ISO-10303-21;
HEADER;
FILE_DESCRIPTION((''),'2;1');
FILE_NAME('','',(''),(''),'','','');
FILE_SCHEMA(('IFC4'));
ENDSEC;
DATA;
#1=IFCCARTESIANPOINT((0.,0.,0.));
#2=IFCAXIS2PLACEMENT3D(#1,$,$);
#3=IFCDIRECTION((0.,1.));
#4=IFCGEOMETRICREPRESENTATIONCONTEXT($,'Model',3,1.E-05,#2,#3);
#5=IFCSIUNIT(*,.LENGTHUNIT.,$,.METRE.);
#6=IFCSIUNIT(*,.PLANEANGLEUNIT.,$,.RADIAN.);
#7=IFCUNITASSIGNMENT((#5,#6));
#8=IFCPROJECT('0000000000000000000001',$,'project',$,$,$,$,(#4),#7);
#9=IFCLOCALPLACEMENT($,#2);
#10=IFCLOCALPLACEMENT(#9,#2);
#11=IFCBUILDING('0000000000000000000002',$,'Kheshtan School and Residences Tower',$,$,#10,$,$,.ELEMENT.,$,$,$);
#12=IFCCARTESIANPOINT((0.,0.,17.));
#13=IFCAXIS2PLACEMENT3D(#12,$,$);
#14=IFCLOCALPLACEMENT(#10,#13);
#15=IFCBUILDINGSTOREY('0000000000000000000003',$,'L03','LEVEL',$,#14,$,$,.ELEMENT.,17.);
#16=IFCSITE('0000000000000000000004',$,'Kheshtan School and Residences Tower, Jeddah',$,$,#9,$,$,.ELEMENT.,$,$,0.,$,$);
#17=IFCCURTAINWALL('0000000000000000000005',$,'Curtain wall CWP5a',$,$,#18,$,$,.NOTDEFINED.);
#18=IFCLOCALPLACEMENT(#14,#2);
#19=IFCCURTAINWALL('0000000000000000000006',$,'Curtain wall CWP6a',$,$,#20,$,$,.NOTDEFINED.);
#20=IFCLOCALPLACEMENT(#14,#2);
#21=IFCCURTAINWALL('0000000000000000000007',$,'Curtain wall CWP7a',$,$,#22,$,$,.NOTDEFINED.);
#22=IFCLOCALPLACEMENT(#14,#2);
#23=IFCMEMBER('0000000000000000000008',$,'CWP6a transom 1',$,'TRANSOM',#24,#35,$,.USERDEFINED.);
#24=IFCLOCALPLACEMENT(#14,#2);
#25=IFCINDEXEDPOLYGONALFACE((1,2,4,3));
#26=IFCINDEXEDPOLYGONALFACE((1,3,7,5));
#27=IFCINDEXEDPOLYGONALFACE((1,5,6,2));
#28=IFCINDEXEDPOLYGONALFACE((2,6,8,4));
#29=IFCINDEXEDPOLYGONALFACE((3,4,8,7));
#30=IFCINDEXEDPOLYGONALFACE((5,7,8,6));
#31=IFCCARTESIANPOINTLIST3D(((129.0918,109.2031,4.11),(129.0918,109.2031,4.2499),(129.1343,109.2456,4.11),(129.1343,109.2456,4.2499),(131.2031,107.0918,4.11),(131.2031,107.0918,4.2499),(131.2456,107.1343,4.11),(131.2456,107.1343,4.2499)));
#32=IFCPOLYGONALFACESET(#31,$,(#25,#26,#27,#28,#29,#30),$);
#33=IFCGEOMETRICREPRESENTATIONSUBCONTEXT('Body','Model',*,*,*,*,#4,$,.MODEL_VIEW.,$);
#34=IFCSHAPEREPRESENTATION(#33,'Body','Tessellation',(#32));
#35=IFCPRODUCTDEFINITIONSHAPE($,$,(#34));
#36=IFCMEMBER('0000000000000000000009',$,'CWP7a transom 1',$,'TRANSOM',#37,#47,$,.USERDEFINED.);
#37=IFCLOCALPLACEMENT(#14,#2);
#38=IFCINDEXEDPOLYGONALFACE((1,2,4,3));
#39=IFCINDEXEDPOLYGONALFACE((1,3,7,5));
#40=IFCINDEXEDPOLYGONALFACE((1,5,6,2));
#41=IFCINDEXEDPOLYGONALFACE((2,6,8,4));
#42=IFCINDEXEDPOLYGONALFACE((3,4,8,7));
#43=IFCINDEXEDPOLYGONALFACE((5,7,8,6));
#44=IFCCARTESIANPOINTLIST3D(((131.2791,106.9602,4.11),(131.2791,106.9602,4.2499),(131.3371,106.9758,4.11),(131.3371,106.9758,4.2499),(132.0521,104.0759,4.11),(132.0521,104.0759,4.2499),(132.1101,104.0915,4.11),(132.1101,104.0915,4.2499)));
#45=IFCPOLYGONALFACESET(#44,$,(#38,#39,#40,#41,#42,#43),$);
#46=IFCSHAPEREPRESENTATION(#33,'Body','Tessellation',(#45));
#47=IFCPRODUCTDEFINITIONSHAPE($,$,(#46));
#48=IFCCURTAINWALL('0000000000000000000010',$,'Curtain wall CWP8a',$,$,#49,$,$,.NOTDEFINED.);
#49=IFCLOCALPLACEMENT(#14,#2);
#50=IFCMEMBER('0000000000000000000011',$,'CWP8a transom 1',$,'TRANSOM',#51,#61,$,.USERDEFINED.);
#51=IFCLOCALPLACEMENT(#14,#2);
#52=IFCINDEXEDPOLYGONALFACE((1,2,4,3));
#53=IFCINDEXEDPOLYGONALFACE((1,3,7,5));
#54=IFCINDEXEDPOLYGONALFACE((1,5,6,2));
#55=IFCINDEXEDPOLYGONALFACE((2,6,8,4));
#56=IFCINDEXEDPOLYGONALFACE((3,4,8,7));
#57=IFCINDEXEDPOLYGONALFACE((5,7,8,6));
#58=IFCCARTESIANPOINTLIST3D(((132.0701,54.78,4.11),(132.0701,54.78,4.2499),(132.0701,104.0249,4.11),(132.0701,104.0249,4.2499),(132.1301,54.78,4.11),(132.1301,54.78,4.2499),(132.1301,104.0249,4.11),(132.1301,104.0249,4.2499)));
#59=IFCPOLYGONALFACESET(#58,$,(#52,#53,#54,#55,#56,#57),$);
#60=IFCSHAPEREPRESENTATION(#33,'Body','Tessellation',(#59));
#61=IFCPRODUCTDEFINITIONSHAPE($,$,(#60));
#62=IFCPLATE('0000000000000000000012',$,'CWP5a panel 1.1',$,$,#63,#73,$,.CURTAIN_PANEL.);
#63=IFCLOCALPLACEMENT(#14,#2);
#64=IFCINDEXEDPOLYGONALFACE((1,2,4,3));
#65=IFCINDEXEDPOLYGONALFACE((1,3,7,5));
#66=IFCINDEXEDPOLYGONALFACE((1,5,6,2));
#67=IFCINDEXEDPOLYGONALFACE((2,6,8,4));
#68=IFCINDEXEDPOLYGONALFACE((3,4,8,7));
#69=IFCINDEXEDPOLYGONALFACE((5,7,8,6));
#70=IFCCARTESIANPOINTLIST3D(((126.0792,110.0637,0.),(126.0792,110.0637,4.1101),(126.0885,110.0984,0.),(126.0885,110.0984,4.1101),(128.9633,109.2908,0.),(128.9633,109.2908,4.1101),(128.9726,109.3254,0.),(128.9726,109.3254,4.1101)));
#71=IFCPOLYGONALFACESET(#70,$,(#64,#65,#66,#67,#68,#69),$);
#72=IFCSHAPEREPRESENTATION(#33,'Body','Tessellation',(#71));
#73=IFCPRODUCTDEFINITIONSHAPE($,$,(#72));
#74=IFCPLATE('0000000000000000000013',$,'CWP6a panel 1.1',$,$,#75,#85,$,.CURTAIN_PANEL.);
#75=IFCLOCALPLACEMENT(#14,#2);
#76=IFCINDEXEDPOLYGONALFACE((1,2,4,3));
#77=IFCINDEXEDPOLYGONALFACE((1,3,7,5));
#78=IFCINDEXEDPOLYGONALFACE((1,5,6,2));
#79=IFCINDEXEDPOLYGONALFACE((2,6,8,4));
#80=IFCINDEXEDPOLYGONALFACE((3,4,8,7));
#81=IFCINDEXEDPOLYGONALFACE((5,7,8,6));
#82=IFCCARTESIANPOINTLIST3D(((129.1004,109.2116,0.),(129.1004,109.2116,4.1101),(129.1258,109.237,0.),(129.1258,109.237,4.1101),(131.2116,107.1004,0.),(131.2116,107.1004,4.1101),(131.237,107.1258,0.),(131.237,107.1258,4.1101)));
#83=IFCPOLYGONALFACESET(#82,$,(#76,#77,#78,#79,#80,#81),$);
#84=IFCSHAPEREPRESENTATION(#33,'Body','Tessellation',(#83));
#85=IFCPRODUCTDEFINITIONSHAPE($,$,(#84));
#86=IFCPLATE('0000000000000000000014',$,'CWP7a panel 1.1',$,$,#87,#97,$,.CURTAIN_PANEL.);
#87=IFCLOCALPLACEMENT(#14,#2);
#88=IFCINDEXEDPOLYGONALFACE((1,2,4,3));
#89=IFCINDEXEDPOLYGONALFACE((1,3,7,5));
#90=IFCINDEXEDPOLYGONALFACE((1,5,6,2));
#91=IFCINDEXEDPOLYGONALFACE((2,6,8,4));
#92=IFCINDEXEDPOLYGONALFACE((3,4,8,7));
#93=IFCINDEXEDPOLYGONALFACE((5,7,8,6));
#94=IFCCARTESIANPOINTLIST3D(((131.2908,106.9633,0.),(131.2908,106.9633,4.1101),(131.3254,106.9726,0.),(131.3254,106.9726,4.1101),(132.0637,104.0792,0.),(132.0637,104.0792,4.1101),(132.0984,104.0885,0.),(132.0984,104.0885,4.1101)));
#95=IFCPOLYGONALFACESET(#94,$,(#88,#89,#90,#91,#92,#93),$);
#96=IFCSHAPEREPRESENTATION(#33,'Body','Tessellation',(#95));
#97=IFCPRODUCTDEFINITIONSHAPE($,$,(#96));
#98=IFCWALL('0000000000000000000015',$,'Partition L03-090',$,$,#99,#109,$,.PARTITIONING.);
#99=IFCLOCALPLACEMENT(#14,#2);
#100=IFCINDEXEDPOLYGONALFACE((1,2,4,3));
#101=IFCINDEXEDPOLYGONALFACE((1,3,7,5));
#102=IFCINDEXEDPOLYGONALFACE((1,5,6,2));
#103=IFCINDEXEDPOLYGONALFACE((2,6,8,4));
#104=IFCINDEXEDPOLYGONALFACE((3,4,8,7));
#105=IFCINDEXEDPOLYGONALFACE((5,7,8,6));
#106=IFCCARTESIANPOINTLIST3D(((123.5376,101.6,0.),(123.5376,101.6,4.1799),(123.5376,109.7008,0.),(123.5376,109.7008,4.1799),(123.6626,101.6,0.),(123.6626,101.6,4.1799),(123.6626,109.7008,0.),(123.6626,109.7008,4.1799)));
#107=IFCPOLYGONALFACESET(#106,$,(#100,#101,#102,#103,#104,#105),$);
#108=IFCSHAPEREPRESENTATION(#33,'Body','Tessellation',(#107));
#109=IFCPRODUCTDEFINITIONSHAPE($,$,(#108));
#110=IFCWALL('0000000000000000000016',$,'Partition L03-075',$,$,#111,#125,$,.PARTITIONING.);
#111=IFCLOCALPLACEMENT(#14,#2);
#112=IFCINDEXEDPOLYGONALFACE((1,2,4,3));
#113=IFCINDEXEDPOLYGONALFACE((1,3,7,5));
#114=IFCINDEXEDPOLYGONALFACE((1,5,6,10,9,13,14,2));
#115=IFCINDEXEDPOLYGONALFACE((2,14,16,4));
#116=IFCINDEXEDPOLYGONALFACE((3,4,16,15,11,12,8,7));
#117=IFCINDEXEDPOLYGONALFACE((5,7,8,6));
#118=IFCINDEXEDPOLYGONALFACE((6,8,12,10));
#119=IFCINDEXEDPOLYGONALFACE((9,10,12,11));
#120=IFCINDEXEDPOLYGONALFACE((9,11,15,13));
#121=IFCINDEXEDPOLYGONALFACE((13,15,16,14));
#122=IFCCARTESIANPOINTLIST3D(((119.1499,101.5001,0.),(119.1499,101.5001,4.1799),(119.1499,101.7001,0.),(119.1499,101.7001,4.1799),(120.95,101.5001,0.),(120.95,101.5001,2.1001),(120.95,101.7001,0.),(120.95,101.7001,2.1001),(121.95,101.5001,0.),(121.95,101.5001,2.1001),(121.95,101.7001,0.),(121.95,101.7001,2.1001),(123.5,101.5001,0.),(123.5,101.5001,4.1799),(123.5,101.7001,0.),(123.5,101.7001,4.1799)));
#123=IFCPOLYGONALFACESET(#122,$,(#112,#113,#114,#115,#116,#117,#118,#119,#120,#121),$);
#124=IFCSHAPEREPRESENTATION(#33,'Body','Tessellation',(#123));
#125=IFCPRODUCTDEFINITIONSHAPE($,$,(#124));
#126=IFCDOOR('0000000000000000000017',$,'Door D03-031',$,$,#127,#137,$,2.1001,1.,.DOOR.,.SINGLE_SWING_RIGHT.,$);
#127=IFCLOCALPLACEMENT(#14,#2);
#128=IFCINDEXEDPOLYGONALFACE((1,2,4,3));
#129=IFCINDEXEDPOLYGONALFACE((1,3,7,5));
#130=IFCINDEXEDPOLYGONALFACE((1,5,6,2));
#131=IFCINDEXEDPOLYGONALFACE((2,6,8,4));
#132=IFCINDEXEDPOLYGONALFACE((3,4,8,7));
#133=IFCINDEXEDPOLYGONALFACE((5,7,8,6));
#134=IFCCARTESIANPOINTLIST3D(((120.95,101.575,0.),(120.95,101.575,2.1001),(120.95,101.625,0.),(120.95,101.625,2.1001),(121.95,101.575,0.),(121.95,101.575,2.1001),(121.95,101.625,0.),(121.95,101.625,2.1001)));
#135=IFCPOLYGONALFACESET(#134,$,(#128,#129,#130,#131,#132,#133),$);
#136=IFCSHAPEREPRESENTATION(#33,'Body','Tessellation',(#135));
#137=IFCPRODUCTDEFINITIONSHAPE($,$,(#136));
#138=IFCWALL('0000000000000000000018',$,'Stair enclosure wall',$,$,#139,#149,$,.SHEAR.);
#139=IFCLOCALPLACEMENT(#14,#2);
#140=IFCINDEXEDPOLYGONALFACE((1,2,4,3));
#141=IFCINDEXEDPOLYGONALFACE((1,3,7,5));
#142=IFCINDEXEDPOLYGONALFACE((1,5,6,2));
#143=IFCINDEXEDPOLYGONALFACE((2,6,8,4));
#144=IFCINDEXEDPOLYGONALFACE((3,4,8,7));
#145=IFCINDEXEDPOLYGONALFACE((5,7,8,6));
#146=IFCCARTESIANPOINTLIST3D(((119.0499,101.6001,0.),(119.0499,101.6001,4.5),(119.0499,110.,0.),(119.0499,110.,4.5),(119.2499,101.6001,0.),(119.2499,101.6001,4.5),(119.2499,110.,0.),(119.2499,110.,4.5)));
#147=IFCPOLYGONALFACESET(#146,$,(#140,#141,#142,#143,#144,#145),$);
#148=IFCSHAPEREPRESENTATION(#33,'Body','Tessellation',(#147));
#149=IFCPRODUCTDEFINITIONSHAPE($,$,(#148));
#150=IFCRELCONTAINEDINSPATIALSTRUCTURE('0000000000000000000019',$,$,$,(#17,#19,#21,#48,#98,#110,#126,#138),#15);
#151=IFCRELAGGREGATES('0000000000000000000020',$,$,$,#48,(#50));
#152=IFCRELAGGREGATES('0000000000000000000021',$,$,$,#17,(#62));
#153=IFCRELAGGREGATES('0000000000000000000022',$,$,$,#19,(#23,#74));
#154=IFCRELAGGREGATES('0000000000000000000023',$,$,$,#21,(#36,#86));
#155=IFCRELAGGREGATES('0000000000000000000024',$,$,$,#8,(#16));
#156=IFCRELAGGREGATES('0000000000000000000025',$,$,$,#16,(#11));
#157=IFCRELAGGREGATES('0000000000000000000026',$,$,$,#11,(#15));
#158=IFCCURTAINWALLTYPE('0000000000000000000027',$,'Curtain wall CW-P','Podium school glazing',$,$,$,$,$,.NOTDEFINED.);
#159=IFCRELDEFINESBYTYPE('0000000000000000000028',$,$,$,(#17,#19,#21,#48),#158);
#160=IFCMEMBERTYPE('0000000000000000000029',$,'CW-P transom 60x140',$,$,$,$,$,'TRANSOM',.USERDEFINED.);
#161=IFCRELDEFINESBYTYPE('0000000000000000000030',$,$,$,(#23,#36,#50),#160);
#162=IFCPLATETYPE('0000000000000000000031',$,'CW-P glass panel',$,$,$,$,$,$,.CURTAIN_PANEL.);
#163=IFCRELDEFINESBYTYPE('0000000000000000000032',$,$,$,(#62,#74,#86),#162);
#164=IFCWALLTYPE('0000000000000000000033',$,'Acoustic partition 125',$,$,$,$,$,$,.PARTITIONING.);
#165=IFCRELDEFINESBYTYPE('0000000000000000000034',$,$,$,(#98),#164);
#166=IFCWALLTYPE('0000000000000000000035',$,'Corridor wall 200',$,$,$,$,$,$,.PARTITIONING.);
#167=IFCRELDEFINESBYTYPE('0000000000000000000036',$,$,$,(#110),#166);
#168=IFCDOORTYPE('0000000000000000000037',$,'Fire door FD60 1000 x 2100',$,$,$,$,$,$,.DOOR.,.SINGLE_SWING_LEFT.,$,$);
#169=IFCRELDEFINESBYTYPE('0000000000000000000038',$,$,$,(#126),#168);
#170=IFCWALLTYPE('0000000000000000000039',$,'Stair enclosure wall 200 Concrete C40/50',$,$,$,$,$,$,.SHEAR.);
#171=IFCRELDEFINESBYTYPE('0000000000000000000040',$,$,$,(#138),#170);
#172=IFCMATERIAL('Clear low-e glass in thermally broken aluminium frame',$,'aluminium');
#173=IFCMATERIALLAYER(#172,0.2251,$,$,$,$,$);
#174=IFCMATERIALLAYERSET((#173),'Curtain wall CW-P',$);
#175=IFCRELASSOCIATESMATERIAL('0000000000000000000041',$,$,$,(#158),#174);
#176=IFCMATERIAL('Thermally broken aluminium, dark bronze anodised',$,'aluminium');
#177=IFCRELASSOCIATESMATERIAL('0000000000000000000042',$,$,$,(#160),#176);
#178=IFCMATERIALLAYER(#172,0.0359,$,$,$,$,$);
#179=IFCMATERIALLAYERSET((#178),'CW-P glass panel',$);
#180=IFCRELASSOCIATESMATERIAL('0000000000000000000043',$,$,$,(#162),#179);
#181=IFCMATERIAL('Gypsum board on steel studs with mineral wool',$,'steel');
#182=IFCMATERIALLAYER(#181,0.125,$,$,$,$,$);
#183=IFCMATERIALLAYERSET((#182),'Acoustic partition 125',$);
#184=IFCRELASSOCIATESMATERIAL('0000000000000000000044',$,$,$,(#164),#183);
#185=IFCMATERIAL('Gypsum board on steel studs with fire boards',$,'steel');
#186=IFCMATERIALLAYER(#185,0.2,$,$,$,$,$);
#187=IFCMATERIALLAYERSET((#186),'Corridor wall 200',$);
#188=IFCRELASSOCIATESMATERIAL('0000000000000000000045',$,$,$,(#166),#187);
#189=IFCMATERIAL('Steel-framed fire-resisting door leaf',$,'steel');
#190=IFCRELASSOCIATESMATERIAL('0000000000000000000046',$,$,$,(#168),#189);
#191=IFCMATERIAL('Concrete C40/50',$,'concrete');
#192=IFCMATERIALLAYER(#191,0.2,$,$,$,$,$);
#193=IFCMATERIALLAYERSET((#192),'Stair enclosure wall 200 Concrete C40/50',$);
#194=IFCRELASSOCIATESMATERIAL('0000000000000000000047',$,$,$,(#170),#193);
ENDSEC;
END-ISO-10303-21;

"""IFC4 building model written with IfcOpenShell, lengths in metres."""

from ifc_helpers import new_model, si_unit, direction, frame, frame_2d, origin, origin_2d, place, context, subcontext, project, spatial, rectangle, extrude, source, transform, mapped, material, layer, layer_set, material_profile, profile_set, type_object, element, fill, aggregate, save


model = new_model("IFC4")

# Units and contexts
model_context = context("Model", 3, precision=1e-05, world=origin(), true_north=direction((0.0, 1.0)))
body_context = subcontext(model_context, "Body", "Model", "MODEL_VIEW")
ifc_project = project(units=[si_unit("LENGTHUNIT", "METRE"), si_unit("PLANEANGLEUNIT", "RADIAN")], contexts=[model_context])

# Site, building, storey
site_placement = place(None, origin())
site = spatial("IfcSite", under=ifc_project, at=site_placement, Name="Kheshtan School and Residences Tower, Jeddah", CompositionType="ELEMENT", RefElevation=0.0)
building_placement = place(site_placement, origin())
building = spatial("IfcBuilding", under=site, at=building_placement, Name="Kheshtan School and Residences Tower", CompositionType="ELEMENT")
storey_placement = place(building_placement, frame((0.0, 0.0, 17.0)))
storey = spatial("IfcBuildingStorey", under=building, at=storey_placement, Name="L03", Description="LEVEL", CompositionType="ELEMENT", Elevation=17.0)

# Curtain walls
ifc_material_1 = material(Name="Clear low-e glass in thermally broken aluminium frame", Category="aluminium")
ifc_layer_1 = layer(ifc_material_1, 0.2251)
ifc_layer_set_1 = layer_set([ifc_layer_1], Name="Curtain wall CW-P")
curtain_wall_type = type_object("IfcCurtainWallType", Name="Curtain wall CW-P", Description="Podium school glazing", PredefinedType="NOTDEFINED", material=ifc_layer_set_1)
curtain_wall_1_placement = place(storey_placement, origin())
curtain_wall_1 = element("IfcCurtainWall", 1, at=curtain_wall_1_placement, inside=storey, type_object=curtain_wall_type, Name="Curtain wall CWP5a", PredefinedType="NOTDEFINED")
ifc_material_2 = material(Name="Thermally broken aluminium, dark bronze anodised", Category="aluminium")
curtain_wall_2_placement = place(storey_placement, origin())
curtain_wall_2 = element("IfcCurtainWall", 2, at=curtain_wall_2_placement, inside=storey, type_object=curtain_wall_type, Name="Curtain wall CWP6a", PredefinedType="NOTDEFINED")
curtain_wall_3_placement = place(storey_placement, origin())
curtain_wall_3 = element("IfcCurtainWall", 3, at=curtain_wall_3_placement, inside=storey, type_object=curtain_wall_type, Name="Curtain wall CWP7a", PredefinedType="NOTDEFINED")

# Members
ifc_material_profile_1 = material_profile(ifc_material_2, rectangle(XDim=0.0601, YDim=0.1399, at=origin_2d()), Name="CW-P transom 60x140")
ifc_profile_set_1 = profile_set([ifc_material_profile_1], Name="Thermally broken aluminium, dark bronze anodised")
member_type_1 = type_object("IfcMemberType", Name="CW-P transom 60x140", ElementType="TRANSOM", PredefinedType="USERDEFINED", material=ifc_profile_set_1)
member_1_placement = place(storey_placement, frame((129.113, 109.2244, 4.1799), z_axis=(0.707107, -0.707107, 0.0), x_axis=(0.707107, 0.707107, 0.0)))
member_1 = element("IfcMember", 4, at=member_1_placement, type_object=member_type_1, Name="CWP6a transom 1", ObjectType="TRANSOM", PredefinedType="USERDEFINED", context=body_context, shape_type="SweptSolid", body=[
    extrude(rectangle(XDim=0.0601, YDim=0.1399, at=origin_2d()), origin(), (0.0, 0.0, 1.0), 2.9858),
])
member_2_placement = place(storey_placement, frame((131.3081, 106.968, 4.1799), z_axis=(0.258853, -0.965917, 0.0), x_axis=(0.965917, 0.258853, 0.0)))
member_2 = element("IfcMember", 5, at=member_2_placement, type_object=member_type_1, Name="CWP7a transom 1", ObjectType="TRANSOM", PredefinedType="USERDEFINED", context=body_context, shape_type="SweptSolid", body=[
    extrude(rectangle(XDim=0.0601, YDim=0.1399, at=origin_2d()), origin(), (0.0, 0.0, 1.0), 2.9861),
])

# Curtain wall, member
curtain_wall_4_placement = place(storey_placement, origin())
curtain_wall_4 = element("IfcCurtainWall", 6, at=curtain_wall_4_placement, inside=storey, type_object=curtain_wall_type, Name="Curtain wall CWP8a", PredefinedType="NOTDEFINED")
member_3_placement = place(storey_placement, frame((132.1001, 104.0249, 4.1799), z_axis=(0.0, -1.0, 0.0), x_axis=(1.0, 0.0, 0.0)))
member_3 = element("IfcMember", 7, at=member_3_placement, type_object=member_type_1, Name="CWP8a transom 1", ObjectType="TRANSOM", PredefinedType="USERDEFINED", context=body_context, shape_type="SweptSolid", body=[
    extrude(rectangle(XDim=0.0601, YDim=0.1399, at=origin_2d()), origin(), (0.0, 0.0, 1.0), 49.2449),
])
aggregate(curtain_wall_4, [member_3])

# Plates
ifc_layer_2 = layer(ifc_material_1, 0.0359)
ifc_layer_set_2 = layer_set([ifc_layer_2], Name="CW-P glass panel")
plate_type = type_object("IfcPlateType", Name="CW-P glass panel", PredefinedType="CURTAIN_PANEL", material=ifc_layer_set_2)
plate_1_placement = place(storey_placement, frame((127.5259, 109.6946, 0.0), z_axis=(0.0, 0.0, 1.0), x_axis=(0.965914, -0.258865, 0.0)))
plate_1 = element("IfcPlate", 8, at=plate_1_placement, type_object=plate_type, Name="CWP5a panel 1.1", PredefinedType="CURTAIN_PANEL", context=body_context, shape_type="SweptSolid", body=[
    extrude(rectangle(XDim=2.9858, YDim=0.0359, at=origin_2d()), origin(), (0.0, 0.0, 1.0), 4.1101),
])
aggregate(curtain_wall_1, [plate_1])
plate_2_placement = place(storey_placement, frame((130.1687, 108.1687, 0.0), z_axis=(0.0, 0.0, 1.0), x_axis=(0.707107, -0.707107, 0.0)))
plate_2 = element("IfcPlate", 9, at=plate_2_placement, type_object=plate_type, Name="CWP6a panel 1.1", PredefinedType="CURTAIN_PANEL", context=body_context, shape_type="SweptSolid", body=[
    extrude(rectangle(XDim=2.9856, YDim=0.0359, at=origin_2d()), origin(), (0.0, 0.0, 1.0), 4.1101),
])
aggregate(curtain_wall_2, [member_1, plate_2])
plate_3_placement = place(storey_placement, frame((131.6946, 105.5259, 0.0), z_axis=(0.0, 0.0, 1.0), x_axis=(0.258865, -0.965914, 0.0)))
plate_3 = element("IfcPlate", 10, at=plate_3_placement, type_object=plate_type, Name="CWP7a panel 1.1", PredefinedType="CURTAIN_PANEL", context=body_context, shape_type="SweptSolid", body=[
    extrude(rectangle(XDim=2.9858, YDim=0.0359, at=origin_2d()), origin(), (0.0, 0.0, 1.0), 4.1101),
])
aggregate(curtain_wall_3, [member_2, plate_3])

# Wall
ifc_material_3 = material(Name="Gypsum board on steel studs with mineral wool", Category="steel")
ifc_layer_3 = layer(ifc_material_3, 0.125)
ifc_layer_set_3 = layer_set([ifc_layer_3], Name="Acoustic partition 125")
wall_type_1 = type_object("IfcWallType", Name="Acoustic partition 125", PredefinedType="PARTITIONING", material=ifc_layer_set_3)
wall_1_placement = place(storey_placement, frame((123.6001, 101.6001, 0.0), z_axis=(0.0, 0.0, 1.0), x_axis=(0.0, 1.0, 0.0)))
element("IfcWall", 11, at=wall_1_placement, inside=storey, type_object=wall_type_1, Name="Partition L03-090", PredefinedType="PARTITIONING", context=body_context, shape_type="SweptSolid", body=[
    extrude(rectangle(XDim=8.1008, YDim=0.125, at=frame_2d((4.0503, 0.0))), origin(), (0.0, 0.0, 1.0), 4.1799),
])

# Wall, opening, door
ifc_material_4 = material(Name="Gypsum board on steel studs with fire boards", Category="steel")
ifc_layer_4 = layer(ifc_material_4, 0.2)
ifc_layer_set_4 = layer_set([ifc_layer_4], Name="Corridor wall 200")
wall_type_2 = type_object("IfcWallType", Name="Corridor wall 200", PredefinedType="PARTITIONING", material=ifc_layer_set_4)
wall_2_placement = place(storey_placement, frame((119.1499, 101.6001, 0.0), z_axis=(0.0, 0.0, 1.0), x_axis=(1.0, 0.0, 0.0)))
wall_2 = element("IfcWall", 12, at=wall_2_placement, inside=storey, type_object=wall_type_2, Name="Partition L03-075", PredefinedType="PARTITIONING", context=body_context, shape_type="SweptSolid", body=[
    extrude(rectangle(XDim=4.3501, YDim=0.2, at=frame_2d((2.175, 0.0))), origin(), (0.0, 0.0, 1.0), 4.1799),
])
opening_placement = place(wall_2_placement, frame((1.8, 0.0, 0.0)))
opening = element("IfcOpeningElement", 13, at=opening_placement, cuts=wall_2, PredefinedType="OPENING", context=body_context, shape_type="SweptSolid", body=[
    extrude(rectangle(XDim=1.0, YDim=2.1001, at=frame_2d((0.5, 1.05))), frame((0.0, 0.1099, 0.0), z_axis=(0.0, -1.0, 0.0), x_axis=(1.0, 0.0, 0.0)), (0.0, 0.0, 1.0), 0.22),
])
ifc_material_5 = material(Name="Steel-framed fire-resisting door leaf", Category="steel")
door_type = type_object("IfcDoorType", Name="Fire door FD60 1000 x 2100", OperationType="SINGLE_SWING_LEFT", PredefinedType="DOOR", material=ifc_material_5)
shared_shape = source(origin(), body_context, "Body", "SweptSolid", [
    extrude(rectangle(XDim=1.0, YDim=2.1001, at=frame_2d((0.5, 1.05))), frame((0.0, 0.0249, 0.0), z_axis=(0.0, -1.0, 0.0), x_axis=(1.0, 0.0, 0.0)), (0.0, 0.0, 1.0), 0.05),
])
door_placement = place(opening_placement, origin())
door = element("IfcDoor", 14, at=door_placement, inside=storey, type_object=door_type, Name="Door D03-031", OperationType="SINGLE_SWING_RIGHT", OverallHeight=2.1001, OverallWidth=1.0, PredefinedType="DOOR", context=body_context, shape_type="MappedRepresentation", body=[
    mapped(shared_shape, transform((0.0, 0.0, 0.0), x_axis=(1.0, 0.0, 0.0), y_axis=(0.0, 1.0, 0.0), z_axis=(0.0, 0.0, 1.0), scale=1.0)),
])
fill(opening, door)

# Wall
ifc_material_6 = material(Name="Concrete C40/50", Category="concrete")
ifc_layer_5 = layer(ifc_material_6, 0.2)
ifc_layer_set_5 = layer_set([ifc_layer_5], Name="Stair enclosure wall 200 Concrete C40/50")
wall_type_3 = type_object("IfcWallType", Name="Stair enclosure wall 200 Concrete C40/50", PredefinedType="SHEAR", material=ifc_layer_set_5)
wall_3_placement = place(storey_placement, frame((119.1499, 101.6001, 0.0), z_axis=(0.0, 0.0, 1.0), x_axis=(0.0, 1.0, 0.0)))
element("IfcWall", 15, at=wall_3_placement, inside=storey, type_object=wall_type_3, Name="Stair enclosure wall", PredefinedType="SHEAR", context=body_context, shape_type="SweptSolid", body=[
    extrude(rectangle(XDim=8.3999, YDim=0.2, at=frame_2d((4.2, 0.0))), origin(), (0.0, 0.0, 1.0), 4.5),
])

save(model, "model.ifc")
